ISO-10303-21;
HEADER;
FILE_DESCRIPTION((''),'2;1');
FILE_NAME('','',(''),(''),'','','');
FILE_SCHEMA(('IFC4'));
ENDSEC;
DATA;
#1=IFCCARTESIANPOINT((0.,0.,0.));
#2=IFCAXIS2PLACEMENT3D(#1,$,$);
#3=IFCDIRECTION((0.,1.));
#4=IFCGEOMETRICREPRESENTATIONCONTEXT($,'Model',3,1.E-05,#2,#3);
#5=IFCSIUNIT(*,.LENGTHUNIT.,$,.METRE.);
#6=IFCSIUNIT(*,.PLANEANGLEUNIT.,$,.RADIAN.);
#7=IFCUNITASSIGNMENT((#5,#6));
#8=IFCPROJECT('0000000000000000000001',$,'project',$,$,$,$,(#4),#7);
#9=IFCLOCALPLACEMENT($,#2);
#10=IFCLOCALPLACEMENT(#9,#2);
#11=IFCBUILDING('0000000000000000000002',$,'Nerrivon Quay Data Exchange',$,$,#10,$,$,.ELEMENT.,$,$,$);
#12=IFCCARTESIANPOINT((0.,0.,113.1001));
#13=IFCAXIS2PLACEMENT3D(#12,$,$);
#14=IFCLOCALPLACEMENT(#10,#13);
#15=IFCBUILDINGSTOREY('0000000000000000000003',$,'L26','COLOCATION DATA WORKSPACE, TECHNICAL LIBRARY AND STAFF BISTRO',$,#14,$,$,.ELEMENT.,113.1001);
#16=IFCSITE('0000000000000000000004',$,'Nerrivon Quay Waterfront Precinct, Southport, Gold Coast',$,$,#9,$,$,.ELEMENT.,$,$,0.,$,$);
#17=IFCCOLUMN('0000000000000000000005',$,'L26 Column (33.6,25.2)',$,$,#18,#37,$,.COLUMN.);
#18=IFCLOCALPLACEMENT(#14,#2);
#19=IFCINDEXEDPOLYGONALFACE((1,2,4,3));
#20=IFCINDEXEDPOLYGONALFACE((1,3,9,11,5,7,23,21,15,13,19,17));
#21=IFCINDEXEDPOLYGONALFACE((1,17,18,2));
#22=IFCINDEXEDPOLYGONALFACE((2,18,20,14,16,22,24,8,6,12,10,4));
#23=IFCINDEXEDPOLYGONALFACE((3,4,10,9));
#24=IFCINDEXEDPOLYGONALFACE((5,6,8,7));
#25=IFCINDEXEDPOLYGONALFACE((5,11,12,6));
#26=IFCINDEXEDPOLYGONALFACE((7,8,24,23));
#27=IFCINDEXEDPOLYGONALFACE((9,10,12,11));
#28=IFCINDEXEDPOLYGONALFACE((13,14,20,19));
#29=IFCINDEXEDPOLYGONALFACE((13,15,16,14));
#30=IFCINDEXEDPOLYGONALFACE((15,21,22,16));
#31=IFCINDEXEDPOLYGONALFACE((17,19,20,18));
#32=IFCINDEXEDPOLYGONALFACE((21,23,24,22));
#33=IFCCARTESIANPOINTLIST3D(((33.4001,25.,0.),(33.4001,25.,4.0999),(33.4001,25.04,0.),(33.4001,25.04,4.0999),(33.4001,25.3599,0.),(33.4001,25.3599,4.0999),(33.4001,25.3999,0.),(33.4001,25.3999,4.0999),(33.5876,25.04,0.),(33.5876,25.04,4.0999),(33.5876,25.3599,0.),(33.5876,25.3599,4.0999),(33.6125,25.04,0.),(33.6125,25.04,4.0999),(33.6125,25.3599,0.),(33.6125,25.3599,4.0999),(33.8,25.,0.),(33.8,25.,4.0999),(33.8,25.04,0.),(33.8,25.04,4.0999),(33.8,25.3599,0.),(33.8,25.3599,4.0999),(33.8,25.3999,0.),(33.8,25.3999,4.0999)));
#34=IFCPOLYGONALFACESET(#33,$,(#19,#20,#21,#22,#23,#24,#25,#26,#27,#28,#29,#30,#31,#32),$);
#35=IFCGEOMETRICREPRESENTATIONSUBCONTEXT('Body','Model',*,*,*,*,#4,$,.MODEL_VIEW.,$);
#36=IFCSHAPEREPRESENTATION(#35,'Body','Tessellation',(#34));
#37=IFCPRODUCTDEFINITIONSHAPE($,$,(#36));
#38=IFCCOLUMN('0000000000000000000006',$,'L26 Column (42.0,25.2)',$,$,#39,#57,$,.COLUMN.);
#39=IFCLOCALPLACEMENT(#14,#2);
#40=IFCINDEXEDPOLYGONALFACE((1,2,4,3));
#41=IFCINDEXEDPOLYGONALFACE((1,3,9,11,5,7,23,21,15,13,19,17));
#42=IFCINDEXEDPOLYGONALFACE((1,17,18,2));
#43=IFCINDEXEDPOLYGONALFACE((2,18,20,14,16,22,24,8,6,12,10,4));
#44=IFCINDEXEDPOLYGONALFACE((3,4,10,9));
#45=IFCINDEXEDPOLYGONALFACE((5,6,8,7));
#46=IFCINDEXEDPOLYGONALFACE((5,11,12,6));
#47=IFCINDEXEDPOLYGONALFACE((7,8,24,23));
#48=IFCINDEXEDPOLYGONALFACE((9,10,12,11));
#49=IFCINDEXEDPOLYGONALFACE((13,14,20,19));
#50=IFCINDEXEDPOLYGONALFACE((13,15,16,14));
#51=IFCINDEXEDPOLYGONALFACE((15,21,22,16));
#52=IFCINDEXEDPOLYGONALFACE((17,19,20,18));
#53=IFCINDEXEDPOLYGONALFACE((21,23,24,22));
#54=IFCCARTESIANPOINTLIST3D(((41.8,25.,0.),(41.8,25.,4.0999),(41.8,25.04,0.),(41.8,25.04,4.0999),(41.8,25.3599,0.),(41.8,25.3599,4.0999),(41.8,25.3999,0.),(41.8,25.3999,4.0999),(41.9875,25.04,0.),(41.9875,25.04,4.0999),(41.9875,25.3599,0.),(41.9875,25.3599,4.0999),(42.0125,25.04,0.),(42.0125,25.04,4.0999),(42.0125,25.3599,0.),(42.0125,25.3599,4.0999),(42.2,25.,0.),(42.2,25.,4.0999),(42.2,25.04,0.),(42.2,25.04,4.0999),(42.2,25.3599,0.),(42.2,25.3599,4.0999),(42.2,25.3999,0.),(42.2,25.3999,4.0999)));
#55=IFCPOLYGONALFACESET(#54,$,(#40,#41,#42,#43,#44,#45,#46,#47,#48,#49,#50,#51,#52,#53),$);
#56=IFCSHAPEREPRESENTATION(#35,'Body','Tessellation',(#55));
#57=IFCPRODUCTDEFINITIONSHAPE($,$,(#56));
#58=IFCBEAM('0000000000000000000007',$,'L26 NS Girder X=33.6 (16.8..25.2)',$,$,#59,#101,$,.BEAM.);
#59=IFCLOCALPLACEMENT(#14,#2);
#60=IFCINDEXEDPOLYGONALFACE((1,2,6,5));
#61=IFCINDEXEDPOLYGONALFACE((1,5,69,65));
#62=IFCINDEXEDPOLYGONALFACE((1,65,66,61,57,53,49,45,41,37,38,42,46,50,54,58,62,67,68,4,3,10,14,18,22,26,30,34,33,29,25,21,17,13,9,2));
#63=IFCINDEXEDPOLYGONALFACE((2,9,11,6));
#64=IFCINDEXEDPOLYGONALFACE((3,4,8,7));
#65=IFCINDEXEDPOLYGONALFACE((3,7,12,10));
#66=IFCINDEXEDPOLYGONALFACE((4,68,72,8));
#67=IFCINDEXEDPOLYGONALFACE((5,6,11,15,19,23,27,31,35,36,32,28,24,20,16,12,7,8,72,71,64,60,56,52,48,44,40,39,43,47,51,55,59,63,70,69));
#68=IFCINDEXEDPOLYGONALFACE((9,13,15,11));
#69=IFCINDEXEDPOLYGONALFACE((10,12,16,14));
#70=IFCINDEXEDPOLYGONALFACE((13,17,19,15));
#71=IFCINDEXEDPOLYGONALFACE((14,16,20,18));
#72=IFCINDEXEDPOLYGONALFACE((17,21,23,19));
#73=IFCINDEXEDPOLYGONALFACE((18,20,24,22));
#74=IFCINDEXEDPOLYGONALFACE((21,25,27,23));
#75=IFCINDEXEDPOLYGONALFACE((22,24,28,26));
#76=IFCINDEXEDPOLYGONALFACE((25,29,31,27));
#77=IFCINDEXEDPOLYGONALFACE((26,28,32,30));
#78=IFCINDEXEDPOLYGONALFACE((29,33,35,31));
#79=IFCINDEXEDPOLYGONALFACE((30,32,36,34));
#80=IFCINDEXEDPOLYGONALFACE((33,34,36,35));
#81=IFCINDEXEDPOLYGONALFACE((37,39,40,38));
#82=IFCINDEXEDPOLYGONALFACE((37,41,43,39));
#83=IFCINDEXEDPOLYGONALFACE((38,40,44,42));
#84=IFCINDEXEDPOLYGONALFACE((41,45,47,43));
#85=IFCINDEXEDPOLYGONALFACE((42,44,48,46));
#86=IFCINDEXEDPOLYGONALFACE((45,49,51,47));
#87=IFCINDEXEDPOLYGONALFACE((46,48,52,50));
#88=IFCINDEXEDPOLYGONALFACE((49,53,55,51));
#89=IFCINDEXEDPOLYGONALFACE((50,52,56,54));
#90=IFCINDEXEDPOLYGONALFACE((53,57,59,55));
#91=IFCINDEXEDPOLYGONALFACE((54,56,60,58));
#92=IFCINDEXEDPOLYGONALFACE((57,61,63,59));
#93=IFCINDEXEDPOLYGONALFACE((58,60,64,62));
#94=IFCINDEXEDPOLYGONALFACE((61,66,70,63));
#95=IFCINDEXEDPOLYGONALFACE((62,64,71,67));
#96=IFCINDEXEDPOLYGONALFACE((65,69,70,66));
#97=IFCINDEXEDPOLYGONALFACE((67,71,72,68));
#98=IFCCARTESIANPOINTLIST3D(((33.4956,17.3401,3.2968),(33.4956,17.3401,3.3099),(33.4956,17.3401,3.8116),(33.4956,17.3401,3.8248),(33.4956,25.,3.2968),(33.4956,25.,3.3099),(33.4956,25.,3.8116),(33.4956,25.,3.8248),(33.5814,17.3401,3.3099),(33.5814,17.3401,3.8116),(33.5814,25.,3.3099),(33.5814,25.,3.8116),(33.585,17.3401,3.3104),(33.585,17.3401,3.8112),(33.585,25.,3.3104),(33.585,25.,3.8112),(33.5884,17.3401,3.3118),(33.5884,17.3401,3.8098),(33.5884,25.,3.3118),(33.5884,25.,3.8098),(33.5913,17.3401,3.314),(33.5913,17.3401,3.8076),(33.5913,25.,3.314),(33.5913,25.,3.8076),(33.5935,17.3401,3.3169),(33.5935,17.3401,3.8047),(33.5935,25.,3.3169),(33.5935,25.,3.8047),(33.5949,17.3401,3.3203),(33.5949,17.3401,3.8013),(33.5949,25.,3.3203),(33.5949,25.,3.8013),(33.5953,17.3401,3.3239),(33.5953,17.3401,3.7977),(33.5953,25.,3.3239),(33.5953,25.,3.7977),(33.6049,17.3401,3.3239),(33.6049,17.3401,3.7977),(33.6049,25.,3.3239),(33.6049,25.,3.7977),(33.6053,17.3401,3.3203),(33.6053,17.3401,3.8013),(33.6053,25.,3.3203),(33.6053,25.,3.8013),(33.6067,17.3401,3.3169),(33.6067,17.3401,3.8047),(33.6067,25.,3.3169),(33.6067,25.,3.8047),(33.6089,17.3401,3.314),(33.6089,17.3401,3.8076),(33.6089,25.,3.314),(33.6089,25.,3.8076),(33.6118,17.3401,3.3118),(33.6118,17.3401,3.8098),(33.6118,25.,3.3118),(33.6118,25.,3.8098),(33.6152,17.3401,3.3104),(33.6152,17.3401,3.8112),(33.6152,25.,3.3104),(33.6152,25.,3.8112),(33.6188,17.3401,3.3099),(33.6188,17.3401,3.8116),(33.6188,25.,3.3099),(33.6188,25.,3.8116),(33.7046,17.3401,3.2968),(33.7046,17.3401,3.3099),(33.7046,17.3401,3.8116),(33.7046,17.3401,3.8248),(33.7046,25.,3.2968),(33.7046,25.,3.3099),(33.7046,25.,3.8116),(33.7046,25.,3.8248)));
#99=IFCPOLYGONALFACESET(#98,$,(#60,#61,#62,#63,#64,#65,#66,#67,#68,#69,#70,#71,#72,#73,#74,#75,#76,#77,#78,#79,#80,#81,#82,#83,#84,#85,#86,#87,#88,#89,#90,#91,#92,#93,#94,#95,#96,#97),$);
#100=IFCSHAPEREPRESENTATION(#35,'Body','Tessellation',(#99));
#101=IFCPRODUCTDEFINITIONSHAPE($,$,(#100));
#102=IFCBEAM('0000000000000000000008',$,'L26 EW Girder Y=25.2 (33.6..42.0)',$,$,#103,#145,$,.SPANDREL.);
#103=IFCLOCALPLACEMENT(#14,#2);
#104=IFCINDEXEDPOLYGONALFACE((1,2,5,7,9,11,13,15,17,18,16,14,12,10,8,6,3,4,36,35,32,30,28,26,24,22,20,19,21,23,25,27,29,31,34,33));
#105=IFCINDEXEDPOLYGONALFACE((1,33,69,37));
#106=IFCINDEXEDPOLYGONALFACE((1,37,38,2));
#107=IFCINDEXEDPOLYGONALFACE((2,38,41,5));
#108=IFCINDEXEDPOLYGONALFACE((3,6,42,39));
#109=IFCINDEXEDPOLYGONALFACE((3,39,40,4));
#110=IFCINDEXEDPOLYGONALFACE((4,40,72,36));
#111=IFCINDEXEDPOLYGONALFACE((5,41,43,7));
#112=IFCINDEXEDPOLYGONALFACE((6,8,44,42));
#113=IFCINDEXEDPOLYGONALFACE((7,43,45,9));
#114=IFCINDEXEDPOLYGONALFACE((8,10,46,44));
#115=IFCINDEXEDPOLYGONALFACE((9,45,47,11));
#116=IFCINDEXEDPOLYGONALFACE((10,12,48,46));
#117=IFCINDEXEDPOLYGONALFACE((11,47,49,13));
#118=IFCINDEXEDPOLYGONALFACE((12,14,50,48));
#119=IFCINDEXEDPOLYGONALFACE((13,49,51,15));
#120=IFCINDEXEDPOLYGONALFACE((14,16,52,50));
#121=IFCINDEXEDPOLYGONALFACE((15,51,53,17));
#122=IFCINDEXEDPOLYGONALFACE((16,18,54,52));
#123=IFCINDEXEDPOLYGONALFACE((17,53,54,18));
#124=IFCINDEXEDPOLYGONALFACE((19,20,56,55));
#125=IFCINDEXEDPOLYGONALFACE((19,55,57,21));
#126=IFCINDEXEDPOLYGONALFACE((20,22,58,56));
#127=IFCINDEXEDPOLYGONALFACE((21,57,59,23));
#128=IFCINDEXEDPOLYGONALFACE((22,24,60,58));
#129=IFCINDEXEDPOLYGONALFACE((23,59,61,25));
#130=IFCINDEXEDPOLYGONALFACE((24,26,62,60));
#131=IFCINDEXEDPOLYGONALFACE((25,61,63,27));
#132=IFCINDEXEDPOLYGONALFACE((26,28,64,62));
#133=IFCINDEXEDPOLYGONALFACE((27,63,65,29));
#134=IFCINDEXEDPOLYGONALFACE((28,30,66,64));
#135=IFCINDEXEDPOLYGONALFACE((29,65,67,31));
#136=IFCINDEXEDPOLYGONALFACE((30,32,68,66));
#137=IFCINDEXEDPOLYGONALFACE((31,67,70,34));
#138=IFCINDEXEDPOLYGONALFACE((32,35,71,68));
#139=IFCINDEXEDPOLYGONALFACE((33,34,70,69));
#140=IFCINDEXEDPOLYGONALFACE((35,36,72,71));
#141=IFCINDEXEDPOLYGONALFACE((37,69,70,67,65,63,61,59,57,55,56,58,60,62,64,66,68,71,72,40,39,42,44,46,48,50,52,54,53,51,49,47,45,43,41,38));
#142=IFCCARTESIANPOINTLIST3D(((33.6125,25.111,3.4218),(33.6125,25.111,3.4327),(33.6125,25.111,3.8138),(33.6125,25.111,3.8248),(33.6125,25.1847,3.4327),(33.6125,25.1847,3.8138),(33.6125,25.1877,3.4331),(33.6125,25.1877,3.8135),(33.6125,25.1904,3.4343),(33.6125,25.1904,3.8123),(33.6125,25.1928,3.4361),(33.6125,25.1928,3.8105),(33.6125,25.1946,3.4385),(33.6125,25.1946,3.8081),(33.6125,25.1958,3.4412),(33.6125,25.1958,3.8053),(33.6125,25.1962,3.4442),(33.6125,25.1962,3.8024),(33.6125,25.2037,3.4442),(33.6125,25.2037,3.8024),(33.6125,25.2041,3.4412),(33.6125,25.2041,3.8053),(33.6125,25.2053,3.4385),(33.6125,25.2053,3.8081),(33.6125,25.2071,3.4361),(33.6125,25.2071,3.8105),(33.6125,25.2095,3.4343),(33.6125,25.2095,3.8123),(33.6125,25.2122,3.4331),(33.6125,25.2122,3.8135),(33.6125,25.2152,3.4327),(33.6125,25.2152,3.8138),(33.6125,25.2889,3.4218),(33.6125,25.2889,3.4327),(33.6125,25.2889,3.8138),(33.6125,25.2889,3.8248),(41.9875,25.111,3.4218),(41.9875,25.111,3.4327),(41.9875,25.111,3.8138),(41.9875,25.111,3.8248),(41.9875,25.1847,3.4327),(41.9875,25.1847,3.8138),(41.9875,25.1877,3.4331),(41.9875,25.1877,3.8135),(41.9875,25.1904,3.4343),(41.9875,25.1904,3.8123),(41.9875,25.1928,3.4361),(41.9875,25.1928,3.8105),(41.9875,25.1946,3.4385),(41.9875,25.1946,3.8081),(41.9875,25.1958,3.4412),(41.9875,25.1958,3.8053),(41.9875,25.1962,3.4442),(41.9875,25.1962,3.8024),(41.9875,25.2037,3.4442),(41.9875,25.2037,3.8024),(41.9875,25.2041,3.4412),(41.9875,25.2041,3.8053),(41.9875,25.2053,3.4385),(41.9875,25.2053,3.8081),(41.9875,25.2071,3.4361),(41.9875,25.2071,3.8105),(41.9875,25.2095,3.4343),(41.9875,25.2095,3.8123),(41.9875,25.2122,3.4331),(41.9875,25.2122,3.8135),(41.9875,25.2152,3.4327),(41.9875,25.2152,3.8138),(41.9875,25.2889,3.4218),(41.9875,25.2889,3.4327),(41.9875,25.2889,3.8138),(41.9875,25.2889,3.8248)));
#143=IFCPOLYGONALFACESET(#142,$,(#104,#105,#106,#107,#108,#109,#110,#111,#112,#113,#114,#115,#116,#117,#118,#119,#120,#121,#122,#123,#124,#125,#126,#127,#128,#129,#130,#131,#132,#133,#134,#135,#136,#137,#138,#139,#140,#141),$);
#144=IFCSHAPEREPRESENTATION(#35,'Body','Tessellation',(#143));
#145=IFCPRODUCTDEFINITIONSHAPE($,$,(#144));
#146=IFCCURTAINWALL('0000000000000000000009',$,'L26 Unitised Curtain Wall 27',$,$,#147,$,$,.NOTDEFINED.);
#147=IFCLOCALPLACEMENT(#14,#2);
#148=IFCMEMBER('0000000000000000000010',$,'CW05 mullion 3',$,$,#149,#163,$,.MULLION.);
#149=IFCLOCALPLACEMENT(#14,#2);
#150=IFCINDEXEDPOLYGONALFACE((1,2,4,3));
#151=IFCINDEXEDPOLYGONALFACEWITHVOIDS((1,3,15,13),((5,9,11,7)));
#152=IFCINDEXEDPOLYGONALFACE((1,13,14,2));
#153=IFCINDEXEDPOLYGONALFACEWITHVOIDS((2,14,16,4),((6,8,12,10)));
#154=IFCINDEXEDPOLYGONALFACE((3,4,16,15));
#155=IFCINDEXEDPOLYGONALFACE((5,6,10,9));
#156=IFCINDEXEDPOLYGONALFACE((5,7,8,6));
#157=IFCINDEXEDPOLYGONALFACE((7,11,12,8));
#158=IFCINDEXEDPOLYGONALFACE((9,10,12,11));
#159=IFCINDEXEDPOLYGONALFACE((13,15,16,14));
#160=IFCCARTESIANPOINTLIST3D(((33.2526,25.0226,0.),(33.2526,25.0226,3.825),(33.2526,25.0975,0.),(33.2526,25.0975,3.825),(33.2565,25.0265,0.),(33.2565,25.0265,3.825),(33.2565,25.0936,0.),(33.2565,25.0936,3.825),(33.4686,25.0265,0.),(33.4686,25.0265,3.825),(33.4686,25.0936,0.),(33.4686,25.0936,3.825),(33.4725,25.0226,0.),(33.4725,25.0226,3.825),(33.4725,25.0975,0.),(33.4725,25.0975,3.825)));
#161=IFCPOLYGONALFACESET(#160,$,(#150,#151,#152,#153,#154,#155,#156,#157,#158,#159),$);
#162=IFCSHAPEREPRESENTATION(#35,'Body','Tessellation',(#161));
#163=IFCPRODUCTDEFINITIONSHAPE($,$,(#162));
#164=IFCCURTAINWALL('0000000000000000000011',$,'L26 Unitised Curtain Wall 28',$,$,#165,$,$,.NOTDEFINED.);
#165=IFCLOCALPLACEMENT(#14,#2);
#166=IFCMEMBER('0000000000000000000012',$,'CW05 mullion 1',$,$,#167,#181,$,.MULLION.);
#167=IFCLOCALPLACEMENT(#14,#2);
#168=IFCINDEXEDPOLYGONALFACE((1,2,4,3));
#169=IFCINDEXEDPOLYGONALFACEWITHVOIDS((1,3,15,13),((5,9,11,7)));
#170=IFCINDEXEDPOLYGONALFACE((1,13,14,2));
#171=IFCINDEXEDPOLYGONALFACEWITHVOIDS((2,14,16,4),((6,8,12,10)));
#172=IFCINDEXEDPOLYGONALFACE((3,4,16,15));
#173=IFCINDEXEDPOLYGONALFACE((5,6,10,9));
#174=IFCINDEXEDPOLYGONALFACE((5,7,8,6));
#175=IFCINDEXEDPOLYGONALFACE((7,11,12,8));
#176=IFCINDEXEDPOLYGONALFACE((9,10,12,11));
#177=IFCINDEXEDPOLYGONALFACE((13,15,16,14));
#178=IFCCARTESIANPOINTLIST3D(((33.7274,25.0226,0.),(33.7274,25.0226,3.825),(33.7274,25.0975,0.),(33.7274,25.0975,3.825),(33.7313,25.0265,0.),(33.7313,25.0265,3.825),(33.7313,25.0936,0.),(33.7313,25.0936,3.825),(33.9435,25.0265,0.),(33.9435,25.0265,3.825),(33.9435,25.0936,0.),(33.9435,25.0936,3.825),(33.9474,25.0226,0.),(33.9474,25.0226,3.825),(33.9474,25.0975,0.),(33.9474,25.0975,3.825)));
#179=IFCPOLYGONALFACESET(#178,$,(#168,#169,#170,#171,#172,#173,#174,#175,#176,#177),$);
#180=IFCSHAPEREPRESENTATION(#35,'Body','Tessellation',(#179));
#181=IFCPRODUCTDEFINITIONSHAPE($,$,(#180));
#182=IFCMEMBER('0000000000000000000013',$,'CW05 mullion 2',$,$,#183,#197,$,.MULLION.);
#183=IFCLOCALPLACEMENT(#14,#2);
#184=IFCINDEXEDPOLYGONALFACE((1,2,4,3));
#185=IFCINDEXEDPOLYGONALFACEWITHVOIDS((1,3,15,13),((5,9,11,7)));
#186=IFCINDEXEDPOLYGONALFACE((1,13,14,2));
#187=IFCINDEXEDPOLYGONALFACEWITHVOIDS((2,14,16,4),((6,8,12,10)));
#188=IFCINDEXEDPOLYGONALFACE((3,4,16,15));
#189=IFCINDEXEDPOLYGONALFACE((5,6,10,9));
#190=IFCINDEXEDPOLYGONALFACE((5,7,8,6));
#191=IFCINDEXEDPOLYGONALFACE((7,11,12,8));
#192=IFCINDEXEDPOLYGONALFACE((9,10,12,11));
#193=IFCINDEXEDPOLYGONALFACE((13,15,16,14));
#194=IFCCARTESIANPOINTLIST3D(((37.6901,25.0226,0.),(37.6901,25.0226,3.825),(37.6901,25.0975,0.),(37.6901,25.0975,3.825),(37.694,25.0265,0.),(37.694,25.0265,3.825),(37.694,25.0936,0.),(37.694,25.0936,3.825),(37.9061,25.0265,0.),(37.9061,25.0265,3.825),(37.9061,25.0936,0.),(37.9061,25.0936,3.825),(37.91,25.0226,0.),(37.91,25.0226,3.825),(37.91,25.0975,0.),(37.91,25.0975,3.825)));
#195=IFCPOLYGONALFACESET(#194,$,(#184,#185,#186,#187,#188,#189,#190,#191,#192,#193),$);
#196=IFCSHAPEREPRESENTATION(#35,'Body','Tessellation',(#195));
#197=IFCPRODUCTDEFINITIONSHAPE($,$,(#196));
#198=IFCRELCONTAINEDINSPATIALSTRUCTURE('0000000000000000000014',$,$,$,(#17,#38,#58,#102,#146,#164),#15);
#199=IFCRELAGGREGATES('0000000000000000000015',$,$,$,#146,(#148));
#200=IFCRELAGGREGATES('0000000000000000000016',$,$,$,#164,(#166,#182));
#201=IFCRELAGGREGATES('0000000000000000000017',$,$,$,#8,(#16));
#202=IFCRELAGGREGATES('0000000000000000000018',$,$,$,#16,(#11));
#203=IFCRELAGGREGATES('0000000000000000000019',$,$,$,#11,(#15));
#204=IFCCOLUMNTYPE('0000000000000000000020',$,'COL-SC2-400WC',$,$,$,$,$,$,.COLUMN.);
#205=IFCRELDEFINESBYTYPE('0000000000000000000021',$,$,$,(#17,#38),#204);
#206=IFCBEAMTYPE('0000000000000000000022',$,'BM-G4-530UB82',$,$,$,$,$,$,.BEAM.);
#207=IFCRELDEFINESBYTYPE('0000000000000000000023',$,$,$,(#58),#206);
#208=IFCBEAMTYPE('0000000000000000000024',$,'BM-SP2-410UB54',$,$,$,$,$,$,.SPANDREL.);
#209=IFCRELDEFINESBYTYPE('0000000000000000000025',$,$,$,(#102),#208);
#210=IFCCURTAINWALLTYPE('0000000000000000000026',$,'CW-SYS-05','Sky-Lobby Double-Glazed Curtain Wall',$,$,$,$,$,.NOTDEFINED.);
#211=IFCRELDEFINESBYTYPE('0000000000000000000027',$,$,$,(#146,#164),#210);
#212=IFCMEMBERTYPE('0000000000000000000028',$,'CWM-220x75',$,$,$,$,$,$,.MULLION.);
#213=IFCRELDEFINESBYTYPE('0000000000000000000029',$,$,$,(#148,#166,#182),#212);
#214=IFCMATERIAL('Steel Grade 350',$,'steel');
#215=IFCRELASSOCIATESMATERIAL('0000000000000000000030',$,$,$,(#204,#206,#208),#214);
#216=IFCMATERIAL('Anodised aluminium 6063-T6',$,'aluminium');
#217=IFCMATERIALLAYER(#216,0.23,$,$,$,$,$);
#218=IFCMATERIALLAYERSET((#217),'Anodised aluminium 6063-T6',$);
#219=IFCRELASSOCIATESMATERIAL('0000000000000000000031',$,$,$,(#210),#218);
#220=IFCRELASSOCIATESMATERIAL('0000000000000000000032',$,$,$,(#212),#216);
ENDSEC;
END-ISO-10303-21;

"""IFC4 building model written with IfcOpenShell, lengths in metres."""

from ifc_helpers import new_model, si_unit, direction, frame, origin, origin_2d, place, context, subcontext, project, spatial, hollow_rectangle, i_section, extrude, material, layer, layer_set, material_profile, profile_set, type_object, element, aggregate, save


model = new_model("IFC4")

# Units and contexts
model_context = context("Model", 3, precision=1e-05, world=origin(), true_north=direction((0.0, 1.0)))
body_context = subcontext(model_context, "Body", "Model", "MODEL_VIEW")
ifc_project = project(units=[si_unit("LENGTHUNIT", "METRE"), si_unit("PLANEANGLEUNIT", "RADIAN")], contexts=[model_context])

# Site, building, storey
site_placement = place(None, origin())
site = spatial("IfcSite", under=ifc_project, at=site_placement, Name="Nerrivon Quay Waterfront Precinct, Southport, Gold Coast", CompositionType="ELEMENT", RefElevation=0.0)
building_placement = place(site_placement, origin())
building = spatial("IfcBuilding", under=site, at=building_placement, Name="Nerrivon Quay Data Exchange", CompositionType="ELEMENT")
storey_placement = place(building_placement, frame((0.0, 0.0, 113.1001)))
storey = spatial("IfcBuildingStorey", under=building, at=storey_placement, Name="L26", Description="COLOCATION DATA WORKSPACE, TECHNICAL LIBRARY AND STAFF BISTRO", CompositionType="ELEMENT", Elevation=113.1001)

# Columns
ifc_material_1 = material(Name="Steel Grade 350", Category="steel")
ifc_material_profile_1 = material_profile(ifc_material_1, i_section(OverallWidth=0.3999, OverallDepth=0.3999, WebThickness=0.0249, FlangeThickness=0.04, at=origin_2d()), Name="400WC328")
ifc_profile_set_1 = profile_set([ifc_material_profile_1], Name="Steel Grade 350")
column_type = type_object("IfcColumnType", Name="COL-SC2-400WC", PredefinedType="COLUMN", material=ifc_profile_set_1)
for number, where, z_axis, x_axis, name in (
    (1, (33.6001, 25.2, 0.0), (0.0, 0.0, 1.0), (1.0, 0.0, 0.0), "L26 Column (33.6,25.2)"),
    (2, (42.0, 25.2, 0.0), (0.0, 0.0, 1.0), (1.0, 0.0, 0.0), "L26 Column (42.0,25.2)"),
):
    element("IfcColumn", number, at=place(storey_placement, frame(where, z_axis=z_axis, x_axis=x_axis)), inside=storey, type_object=column_type, Name=name, PredefinedType="COLUMN", context=body_context, shape_type="SweptSolid", body=[
        extrude(i_section(OverallWidth=0.3999, OverallDepth=0.3999, WebThickness=0.0249, FlangeThickness=0.04, at=origin_2d()), origin(), (0.0, 0.0, 1.0), 4.0999),
    ])

# Beams
ifc_material_profile_2 = material_profile(ifc_material_1, i_section(OverallWidth=0.209, OverallDepth=0.5281, WebThickness=0.0095, FlangeThickness=0.0132, FilletRadius=0.0139, at=origin_2d()), Name="530UB82.0")
ifc_profile_set_2 = profile_set([ifc_material_profile_2], Name="Steel Grade 350")
beam_type_1 = type_object("IfcBeamType", Name="BM-G4-530UB82", PredefinedType="BEAM", material=ifc_profile_set_2)
beam_1_placement = place(storey_placement, frame((33.6001, 17.3401, 3.5608), z_axis=(0.0, 1.0, 0.0), x_axis=(-1.0, 0.0, 0.0)))
element("IfcBeam", 3, at=beam_1_placement, inside=storey, type_object=beam_type_1, Name="L26 NS Girder X=33.6 (16.8..25.2)", PredefinedType="BEAM", context=body_context, shape_type="SweptSolid", body=[
    extrude(i_section(OverallWidth=0.209, OverallDepth=0.5281, WebThickness=0.0095, FlangeThickness=0.0132, FilletRadius=0.0139, at=origin_2d()), origin(), (0.0, 0.0, 1.0), 7.6599),
])
ifc_material_profile_3 = material_profile(ifc_material_1, i_section(OverallWidth=0.178, OverallDepth=0.4031, WebThickness=0.0076, FlangeThickness=0.011, FilletRadius=0.0115, at=origin_2d()), Name="410UB53.7")
ifc_profile_set_3 = profile_set([ifc_material_profile_3], Name="Steel Grade 350")
beam_type_2 = type_object("IfcBeamType", Name="BM-SP2-410UB54", PredefinedType="SPANDREL", material=ifc_profile_set_3)
beam_2_placement = place(storey_placement, frame((33.6125, 25.2, 3.6233), z_axis=(1.0, 0.0, 0.0), x_axis=(0.0, 1.0, 0.0)))
element("IfcBeam", 4, at=beam_2_placement, inside=storey, type_object=beam_type_2, Name="L26 EW Girder Y=25.2 (33.6..42.0)", PredefinedType="SPANDREL", context=body_context, shape_type="SweptSolid", body=[
    extrude(i_section(OverallWidth=0.178, OverallDepth=0.4031, WebThickness=0.0076, FlangeThickness=0.011, FilletRadius=0.0115, at=origin_2d()), origin(), (0.0, 0.0, 1.0), 8.375),
])

# Curtain wall, member
ifc_material_2 = material(Name="Anodised aluminium 6063-T6", Category="aluminium")
ifc_layer_1 = layer(ifc_material_2, 0.23)
ifc_layer_set_1 = layer_set([ifc_layer_1], Name="Anodised aluminium 6063-T6")
curtain_wall_type = type_object("IfcCurtainWallType", Name="CW-SYS-05", Description="Sky-Lobby Double-Glazed Curtain Wall", PredefinedType="NOTDEFINED", material=ifc_layer_set_1)
curtain_wall_1_placement = place(storey_placement, origin())
curtain_wall_1 = element("IfcCurtainWall", 5, at=curtain_wall_1_placement, inside=storey, type_object=curtain_wall_type, Name="L26 Unitised Curtain Wall 27", PredefinedType="NOTDEFINED")
ifc_material_profile_4 = material_profile(ifc_material_2, hollow_rectangle(XDim=0.075, YDim=0.22, WallThickness=0.0039, at=origin_2d()), Name="ALU-MULL-220x75")
ifc_profile_set_4 = profile_set([ifc_material_profile_4], Name="Anodised aluminium 6063-T6")
member_type_1 = type_object("IfcMemberType", Name="CWM-220x75", PredefinedType="MULLION", material=ifc_profile_set_4)
member_1_placement = place(storey_placement, frame((33.3625, 25.0601, 0.0), z_axis=(0.0, 0.0, 1.0), x_axis=(0.0, 1.0, 0.0)))
member_1 = element("IfcMember", 6, at=member_1_placement, type_object=member_type_1, Name="CW05 mullion 3", PredefinedType="MULLION", context=body_context, shape_type="SweptSolid", body=[
    extrude(hollow_rectangle(XDim=0.075, YDim=0.22, WallThickness=0.0039, at=origin_2d()), origin(), (0.0, 0.0, 1.0), 3.825),
])

# Curtain wall, members
curtain_wall_2_placement = place(storey_placement, origin())
curtain_wall_2 = element("IfcCurtainWall", 7, at=curtain_wall_2_placement, inside=storey, type_object=curtain_wall_type, Name="L26 Unitised Curtain Wall 28", PredefinedType="NOTDEFINED")
member_2_placement = place(storey_placement, frame((33.8374, 25.0601, 0.0), z_axis=(0.0, 0.0, 1.0), x_axis=(0.0, 1.0, 0.0)))
member_2 = element("IfcMember", 8, at=member_2_placement, type_object=member_type_1, Name="CW05 mullion 1", PredefinedType="MULLION", context=body_context, shape_type="SweptSolid", body=[
    extrude(hollow_rectangle(XDim=0.075, YDim=0.22, WallThickness=0.0039, at=origin_2d()), origin(), (0.0, 0.0, 1.0), 3.825),
])
member_3_placement = place(storey_placement, frame((37.8, 25.0601, 0.0), z_axis=(0.0, 0.0, 1.0), x_axis=(0.0, 1.0, 0.0)))
member_3 = element("IfcMember", 9, at=member_3_placement, type_object=member_type_1, Name="CW05 mullion 2", PredefinedType="MULLION", context=body_context, shape_type="SweptSolid", body=[
    extrude(hollow_rectangle(XDim=0.075, YDim=0.22, WallThickness=0.0039, at=origin_2d()), origin(), (0.0, 0.0, 1.0), 3.825),
])

aggregate(curtain_wall_1, [member_1])
aggregate(curtain_wall_2, [member_2, member_3])

save(model, "model.ifc")
